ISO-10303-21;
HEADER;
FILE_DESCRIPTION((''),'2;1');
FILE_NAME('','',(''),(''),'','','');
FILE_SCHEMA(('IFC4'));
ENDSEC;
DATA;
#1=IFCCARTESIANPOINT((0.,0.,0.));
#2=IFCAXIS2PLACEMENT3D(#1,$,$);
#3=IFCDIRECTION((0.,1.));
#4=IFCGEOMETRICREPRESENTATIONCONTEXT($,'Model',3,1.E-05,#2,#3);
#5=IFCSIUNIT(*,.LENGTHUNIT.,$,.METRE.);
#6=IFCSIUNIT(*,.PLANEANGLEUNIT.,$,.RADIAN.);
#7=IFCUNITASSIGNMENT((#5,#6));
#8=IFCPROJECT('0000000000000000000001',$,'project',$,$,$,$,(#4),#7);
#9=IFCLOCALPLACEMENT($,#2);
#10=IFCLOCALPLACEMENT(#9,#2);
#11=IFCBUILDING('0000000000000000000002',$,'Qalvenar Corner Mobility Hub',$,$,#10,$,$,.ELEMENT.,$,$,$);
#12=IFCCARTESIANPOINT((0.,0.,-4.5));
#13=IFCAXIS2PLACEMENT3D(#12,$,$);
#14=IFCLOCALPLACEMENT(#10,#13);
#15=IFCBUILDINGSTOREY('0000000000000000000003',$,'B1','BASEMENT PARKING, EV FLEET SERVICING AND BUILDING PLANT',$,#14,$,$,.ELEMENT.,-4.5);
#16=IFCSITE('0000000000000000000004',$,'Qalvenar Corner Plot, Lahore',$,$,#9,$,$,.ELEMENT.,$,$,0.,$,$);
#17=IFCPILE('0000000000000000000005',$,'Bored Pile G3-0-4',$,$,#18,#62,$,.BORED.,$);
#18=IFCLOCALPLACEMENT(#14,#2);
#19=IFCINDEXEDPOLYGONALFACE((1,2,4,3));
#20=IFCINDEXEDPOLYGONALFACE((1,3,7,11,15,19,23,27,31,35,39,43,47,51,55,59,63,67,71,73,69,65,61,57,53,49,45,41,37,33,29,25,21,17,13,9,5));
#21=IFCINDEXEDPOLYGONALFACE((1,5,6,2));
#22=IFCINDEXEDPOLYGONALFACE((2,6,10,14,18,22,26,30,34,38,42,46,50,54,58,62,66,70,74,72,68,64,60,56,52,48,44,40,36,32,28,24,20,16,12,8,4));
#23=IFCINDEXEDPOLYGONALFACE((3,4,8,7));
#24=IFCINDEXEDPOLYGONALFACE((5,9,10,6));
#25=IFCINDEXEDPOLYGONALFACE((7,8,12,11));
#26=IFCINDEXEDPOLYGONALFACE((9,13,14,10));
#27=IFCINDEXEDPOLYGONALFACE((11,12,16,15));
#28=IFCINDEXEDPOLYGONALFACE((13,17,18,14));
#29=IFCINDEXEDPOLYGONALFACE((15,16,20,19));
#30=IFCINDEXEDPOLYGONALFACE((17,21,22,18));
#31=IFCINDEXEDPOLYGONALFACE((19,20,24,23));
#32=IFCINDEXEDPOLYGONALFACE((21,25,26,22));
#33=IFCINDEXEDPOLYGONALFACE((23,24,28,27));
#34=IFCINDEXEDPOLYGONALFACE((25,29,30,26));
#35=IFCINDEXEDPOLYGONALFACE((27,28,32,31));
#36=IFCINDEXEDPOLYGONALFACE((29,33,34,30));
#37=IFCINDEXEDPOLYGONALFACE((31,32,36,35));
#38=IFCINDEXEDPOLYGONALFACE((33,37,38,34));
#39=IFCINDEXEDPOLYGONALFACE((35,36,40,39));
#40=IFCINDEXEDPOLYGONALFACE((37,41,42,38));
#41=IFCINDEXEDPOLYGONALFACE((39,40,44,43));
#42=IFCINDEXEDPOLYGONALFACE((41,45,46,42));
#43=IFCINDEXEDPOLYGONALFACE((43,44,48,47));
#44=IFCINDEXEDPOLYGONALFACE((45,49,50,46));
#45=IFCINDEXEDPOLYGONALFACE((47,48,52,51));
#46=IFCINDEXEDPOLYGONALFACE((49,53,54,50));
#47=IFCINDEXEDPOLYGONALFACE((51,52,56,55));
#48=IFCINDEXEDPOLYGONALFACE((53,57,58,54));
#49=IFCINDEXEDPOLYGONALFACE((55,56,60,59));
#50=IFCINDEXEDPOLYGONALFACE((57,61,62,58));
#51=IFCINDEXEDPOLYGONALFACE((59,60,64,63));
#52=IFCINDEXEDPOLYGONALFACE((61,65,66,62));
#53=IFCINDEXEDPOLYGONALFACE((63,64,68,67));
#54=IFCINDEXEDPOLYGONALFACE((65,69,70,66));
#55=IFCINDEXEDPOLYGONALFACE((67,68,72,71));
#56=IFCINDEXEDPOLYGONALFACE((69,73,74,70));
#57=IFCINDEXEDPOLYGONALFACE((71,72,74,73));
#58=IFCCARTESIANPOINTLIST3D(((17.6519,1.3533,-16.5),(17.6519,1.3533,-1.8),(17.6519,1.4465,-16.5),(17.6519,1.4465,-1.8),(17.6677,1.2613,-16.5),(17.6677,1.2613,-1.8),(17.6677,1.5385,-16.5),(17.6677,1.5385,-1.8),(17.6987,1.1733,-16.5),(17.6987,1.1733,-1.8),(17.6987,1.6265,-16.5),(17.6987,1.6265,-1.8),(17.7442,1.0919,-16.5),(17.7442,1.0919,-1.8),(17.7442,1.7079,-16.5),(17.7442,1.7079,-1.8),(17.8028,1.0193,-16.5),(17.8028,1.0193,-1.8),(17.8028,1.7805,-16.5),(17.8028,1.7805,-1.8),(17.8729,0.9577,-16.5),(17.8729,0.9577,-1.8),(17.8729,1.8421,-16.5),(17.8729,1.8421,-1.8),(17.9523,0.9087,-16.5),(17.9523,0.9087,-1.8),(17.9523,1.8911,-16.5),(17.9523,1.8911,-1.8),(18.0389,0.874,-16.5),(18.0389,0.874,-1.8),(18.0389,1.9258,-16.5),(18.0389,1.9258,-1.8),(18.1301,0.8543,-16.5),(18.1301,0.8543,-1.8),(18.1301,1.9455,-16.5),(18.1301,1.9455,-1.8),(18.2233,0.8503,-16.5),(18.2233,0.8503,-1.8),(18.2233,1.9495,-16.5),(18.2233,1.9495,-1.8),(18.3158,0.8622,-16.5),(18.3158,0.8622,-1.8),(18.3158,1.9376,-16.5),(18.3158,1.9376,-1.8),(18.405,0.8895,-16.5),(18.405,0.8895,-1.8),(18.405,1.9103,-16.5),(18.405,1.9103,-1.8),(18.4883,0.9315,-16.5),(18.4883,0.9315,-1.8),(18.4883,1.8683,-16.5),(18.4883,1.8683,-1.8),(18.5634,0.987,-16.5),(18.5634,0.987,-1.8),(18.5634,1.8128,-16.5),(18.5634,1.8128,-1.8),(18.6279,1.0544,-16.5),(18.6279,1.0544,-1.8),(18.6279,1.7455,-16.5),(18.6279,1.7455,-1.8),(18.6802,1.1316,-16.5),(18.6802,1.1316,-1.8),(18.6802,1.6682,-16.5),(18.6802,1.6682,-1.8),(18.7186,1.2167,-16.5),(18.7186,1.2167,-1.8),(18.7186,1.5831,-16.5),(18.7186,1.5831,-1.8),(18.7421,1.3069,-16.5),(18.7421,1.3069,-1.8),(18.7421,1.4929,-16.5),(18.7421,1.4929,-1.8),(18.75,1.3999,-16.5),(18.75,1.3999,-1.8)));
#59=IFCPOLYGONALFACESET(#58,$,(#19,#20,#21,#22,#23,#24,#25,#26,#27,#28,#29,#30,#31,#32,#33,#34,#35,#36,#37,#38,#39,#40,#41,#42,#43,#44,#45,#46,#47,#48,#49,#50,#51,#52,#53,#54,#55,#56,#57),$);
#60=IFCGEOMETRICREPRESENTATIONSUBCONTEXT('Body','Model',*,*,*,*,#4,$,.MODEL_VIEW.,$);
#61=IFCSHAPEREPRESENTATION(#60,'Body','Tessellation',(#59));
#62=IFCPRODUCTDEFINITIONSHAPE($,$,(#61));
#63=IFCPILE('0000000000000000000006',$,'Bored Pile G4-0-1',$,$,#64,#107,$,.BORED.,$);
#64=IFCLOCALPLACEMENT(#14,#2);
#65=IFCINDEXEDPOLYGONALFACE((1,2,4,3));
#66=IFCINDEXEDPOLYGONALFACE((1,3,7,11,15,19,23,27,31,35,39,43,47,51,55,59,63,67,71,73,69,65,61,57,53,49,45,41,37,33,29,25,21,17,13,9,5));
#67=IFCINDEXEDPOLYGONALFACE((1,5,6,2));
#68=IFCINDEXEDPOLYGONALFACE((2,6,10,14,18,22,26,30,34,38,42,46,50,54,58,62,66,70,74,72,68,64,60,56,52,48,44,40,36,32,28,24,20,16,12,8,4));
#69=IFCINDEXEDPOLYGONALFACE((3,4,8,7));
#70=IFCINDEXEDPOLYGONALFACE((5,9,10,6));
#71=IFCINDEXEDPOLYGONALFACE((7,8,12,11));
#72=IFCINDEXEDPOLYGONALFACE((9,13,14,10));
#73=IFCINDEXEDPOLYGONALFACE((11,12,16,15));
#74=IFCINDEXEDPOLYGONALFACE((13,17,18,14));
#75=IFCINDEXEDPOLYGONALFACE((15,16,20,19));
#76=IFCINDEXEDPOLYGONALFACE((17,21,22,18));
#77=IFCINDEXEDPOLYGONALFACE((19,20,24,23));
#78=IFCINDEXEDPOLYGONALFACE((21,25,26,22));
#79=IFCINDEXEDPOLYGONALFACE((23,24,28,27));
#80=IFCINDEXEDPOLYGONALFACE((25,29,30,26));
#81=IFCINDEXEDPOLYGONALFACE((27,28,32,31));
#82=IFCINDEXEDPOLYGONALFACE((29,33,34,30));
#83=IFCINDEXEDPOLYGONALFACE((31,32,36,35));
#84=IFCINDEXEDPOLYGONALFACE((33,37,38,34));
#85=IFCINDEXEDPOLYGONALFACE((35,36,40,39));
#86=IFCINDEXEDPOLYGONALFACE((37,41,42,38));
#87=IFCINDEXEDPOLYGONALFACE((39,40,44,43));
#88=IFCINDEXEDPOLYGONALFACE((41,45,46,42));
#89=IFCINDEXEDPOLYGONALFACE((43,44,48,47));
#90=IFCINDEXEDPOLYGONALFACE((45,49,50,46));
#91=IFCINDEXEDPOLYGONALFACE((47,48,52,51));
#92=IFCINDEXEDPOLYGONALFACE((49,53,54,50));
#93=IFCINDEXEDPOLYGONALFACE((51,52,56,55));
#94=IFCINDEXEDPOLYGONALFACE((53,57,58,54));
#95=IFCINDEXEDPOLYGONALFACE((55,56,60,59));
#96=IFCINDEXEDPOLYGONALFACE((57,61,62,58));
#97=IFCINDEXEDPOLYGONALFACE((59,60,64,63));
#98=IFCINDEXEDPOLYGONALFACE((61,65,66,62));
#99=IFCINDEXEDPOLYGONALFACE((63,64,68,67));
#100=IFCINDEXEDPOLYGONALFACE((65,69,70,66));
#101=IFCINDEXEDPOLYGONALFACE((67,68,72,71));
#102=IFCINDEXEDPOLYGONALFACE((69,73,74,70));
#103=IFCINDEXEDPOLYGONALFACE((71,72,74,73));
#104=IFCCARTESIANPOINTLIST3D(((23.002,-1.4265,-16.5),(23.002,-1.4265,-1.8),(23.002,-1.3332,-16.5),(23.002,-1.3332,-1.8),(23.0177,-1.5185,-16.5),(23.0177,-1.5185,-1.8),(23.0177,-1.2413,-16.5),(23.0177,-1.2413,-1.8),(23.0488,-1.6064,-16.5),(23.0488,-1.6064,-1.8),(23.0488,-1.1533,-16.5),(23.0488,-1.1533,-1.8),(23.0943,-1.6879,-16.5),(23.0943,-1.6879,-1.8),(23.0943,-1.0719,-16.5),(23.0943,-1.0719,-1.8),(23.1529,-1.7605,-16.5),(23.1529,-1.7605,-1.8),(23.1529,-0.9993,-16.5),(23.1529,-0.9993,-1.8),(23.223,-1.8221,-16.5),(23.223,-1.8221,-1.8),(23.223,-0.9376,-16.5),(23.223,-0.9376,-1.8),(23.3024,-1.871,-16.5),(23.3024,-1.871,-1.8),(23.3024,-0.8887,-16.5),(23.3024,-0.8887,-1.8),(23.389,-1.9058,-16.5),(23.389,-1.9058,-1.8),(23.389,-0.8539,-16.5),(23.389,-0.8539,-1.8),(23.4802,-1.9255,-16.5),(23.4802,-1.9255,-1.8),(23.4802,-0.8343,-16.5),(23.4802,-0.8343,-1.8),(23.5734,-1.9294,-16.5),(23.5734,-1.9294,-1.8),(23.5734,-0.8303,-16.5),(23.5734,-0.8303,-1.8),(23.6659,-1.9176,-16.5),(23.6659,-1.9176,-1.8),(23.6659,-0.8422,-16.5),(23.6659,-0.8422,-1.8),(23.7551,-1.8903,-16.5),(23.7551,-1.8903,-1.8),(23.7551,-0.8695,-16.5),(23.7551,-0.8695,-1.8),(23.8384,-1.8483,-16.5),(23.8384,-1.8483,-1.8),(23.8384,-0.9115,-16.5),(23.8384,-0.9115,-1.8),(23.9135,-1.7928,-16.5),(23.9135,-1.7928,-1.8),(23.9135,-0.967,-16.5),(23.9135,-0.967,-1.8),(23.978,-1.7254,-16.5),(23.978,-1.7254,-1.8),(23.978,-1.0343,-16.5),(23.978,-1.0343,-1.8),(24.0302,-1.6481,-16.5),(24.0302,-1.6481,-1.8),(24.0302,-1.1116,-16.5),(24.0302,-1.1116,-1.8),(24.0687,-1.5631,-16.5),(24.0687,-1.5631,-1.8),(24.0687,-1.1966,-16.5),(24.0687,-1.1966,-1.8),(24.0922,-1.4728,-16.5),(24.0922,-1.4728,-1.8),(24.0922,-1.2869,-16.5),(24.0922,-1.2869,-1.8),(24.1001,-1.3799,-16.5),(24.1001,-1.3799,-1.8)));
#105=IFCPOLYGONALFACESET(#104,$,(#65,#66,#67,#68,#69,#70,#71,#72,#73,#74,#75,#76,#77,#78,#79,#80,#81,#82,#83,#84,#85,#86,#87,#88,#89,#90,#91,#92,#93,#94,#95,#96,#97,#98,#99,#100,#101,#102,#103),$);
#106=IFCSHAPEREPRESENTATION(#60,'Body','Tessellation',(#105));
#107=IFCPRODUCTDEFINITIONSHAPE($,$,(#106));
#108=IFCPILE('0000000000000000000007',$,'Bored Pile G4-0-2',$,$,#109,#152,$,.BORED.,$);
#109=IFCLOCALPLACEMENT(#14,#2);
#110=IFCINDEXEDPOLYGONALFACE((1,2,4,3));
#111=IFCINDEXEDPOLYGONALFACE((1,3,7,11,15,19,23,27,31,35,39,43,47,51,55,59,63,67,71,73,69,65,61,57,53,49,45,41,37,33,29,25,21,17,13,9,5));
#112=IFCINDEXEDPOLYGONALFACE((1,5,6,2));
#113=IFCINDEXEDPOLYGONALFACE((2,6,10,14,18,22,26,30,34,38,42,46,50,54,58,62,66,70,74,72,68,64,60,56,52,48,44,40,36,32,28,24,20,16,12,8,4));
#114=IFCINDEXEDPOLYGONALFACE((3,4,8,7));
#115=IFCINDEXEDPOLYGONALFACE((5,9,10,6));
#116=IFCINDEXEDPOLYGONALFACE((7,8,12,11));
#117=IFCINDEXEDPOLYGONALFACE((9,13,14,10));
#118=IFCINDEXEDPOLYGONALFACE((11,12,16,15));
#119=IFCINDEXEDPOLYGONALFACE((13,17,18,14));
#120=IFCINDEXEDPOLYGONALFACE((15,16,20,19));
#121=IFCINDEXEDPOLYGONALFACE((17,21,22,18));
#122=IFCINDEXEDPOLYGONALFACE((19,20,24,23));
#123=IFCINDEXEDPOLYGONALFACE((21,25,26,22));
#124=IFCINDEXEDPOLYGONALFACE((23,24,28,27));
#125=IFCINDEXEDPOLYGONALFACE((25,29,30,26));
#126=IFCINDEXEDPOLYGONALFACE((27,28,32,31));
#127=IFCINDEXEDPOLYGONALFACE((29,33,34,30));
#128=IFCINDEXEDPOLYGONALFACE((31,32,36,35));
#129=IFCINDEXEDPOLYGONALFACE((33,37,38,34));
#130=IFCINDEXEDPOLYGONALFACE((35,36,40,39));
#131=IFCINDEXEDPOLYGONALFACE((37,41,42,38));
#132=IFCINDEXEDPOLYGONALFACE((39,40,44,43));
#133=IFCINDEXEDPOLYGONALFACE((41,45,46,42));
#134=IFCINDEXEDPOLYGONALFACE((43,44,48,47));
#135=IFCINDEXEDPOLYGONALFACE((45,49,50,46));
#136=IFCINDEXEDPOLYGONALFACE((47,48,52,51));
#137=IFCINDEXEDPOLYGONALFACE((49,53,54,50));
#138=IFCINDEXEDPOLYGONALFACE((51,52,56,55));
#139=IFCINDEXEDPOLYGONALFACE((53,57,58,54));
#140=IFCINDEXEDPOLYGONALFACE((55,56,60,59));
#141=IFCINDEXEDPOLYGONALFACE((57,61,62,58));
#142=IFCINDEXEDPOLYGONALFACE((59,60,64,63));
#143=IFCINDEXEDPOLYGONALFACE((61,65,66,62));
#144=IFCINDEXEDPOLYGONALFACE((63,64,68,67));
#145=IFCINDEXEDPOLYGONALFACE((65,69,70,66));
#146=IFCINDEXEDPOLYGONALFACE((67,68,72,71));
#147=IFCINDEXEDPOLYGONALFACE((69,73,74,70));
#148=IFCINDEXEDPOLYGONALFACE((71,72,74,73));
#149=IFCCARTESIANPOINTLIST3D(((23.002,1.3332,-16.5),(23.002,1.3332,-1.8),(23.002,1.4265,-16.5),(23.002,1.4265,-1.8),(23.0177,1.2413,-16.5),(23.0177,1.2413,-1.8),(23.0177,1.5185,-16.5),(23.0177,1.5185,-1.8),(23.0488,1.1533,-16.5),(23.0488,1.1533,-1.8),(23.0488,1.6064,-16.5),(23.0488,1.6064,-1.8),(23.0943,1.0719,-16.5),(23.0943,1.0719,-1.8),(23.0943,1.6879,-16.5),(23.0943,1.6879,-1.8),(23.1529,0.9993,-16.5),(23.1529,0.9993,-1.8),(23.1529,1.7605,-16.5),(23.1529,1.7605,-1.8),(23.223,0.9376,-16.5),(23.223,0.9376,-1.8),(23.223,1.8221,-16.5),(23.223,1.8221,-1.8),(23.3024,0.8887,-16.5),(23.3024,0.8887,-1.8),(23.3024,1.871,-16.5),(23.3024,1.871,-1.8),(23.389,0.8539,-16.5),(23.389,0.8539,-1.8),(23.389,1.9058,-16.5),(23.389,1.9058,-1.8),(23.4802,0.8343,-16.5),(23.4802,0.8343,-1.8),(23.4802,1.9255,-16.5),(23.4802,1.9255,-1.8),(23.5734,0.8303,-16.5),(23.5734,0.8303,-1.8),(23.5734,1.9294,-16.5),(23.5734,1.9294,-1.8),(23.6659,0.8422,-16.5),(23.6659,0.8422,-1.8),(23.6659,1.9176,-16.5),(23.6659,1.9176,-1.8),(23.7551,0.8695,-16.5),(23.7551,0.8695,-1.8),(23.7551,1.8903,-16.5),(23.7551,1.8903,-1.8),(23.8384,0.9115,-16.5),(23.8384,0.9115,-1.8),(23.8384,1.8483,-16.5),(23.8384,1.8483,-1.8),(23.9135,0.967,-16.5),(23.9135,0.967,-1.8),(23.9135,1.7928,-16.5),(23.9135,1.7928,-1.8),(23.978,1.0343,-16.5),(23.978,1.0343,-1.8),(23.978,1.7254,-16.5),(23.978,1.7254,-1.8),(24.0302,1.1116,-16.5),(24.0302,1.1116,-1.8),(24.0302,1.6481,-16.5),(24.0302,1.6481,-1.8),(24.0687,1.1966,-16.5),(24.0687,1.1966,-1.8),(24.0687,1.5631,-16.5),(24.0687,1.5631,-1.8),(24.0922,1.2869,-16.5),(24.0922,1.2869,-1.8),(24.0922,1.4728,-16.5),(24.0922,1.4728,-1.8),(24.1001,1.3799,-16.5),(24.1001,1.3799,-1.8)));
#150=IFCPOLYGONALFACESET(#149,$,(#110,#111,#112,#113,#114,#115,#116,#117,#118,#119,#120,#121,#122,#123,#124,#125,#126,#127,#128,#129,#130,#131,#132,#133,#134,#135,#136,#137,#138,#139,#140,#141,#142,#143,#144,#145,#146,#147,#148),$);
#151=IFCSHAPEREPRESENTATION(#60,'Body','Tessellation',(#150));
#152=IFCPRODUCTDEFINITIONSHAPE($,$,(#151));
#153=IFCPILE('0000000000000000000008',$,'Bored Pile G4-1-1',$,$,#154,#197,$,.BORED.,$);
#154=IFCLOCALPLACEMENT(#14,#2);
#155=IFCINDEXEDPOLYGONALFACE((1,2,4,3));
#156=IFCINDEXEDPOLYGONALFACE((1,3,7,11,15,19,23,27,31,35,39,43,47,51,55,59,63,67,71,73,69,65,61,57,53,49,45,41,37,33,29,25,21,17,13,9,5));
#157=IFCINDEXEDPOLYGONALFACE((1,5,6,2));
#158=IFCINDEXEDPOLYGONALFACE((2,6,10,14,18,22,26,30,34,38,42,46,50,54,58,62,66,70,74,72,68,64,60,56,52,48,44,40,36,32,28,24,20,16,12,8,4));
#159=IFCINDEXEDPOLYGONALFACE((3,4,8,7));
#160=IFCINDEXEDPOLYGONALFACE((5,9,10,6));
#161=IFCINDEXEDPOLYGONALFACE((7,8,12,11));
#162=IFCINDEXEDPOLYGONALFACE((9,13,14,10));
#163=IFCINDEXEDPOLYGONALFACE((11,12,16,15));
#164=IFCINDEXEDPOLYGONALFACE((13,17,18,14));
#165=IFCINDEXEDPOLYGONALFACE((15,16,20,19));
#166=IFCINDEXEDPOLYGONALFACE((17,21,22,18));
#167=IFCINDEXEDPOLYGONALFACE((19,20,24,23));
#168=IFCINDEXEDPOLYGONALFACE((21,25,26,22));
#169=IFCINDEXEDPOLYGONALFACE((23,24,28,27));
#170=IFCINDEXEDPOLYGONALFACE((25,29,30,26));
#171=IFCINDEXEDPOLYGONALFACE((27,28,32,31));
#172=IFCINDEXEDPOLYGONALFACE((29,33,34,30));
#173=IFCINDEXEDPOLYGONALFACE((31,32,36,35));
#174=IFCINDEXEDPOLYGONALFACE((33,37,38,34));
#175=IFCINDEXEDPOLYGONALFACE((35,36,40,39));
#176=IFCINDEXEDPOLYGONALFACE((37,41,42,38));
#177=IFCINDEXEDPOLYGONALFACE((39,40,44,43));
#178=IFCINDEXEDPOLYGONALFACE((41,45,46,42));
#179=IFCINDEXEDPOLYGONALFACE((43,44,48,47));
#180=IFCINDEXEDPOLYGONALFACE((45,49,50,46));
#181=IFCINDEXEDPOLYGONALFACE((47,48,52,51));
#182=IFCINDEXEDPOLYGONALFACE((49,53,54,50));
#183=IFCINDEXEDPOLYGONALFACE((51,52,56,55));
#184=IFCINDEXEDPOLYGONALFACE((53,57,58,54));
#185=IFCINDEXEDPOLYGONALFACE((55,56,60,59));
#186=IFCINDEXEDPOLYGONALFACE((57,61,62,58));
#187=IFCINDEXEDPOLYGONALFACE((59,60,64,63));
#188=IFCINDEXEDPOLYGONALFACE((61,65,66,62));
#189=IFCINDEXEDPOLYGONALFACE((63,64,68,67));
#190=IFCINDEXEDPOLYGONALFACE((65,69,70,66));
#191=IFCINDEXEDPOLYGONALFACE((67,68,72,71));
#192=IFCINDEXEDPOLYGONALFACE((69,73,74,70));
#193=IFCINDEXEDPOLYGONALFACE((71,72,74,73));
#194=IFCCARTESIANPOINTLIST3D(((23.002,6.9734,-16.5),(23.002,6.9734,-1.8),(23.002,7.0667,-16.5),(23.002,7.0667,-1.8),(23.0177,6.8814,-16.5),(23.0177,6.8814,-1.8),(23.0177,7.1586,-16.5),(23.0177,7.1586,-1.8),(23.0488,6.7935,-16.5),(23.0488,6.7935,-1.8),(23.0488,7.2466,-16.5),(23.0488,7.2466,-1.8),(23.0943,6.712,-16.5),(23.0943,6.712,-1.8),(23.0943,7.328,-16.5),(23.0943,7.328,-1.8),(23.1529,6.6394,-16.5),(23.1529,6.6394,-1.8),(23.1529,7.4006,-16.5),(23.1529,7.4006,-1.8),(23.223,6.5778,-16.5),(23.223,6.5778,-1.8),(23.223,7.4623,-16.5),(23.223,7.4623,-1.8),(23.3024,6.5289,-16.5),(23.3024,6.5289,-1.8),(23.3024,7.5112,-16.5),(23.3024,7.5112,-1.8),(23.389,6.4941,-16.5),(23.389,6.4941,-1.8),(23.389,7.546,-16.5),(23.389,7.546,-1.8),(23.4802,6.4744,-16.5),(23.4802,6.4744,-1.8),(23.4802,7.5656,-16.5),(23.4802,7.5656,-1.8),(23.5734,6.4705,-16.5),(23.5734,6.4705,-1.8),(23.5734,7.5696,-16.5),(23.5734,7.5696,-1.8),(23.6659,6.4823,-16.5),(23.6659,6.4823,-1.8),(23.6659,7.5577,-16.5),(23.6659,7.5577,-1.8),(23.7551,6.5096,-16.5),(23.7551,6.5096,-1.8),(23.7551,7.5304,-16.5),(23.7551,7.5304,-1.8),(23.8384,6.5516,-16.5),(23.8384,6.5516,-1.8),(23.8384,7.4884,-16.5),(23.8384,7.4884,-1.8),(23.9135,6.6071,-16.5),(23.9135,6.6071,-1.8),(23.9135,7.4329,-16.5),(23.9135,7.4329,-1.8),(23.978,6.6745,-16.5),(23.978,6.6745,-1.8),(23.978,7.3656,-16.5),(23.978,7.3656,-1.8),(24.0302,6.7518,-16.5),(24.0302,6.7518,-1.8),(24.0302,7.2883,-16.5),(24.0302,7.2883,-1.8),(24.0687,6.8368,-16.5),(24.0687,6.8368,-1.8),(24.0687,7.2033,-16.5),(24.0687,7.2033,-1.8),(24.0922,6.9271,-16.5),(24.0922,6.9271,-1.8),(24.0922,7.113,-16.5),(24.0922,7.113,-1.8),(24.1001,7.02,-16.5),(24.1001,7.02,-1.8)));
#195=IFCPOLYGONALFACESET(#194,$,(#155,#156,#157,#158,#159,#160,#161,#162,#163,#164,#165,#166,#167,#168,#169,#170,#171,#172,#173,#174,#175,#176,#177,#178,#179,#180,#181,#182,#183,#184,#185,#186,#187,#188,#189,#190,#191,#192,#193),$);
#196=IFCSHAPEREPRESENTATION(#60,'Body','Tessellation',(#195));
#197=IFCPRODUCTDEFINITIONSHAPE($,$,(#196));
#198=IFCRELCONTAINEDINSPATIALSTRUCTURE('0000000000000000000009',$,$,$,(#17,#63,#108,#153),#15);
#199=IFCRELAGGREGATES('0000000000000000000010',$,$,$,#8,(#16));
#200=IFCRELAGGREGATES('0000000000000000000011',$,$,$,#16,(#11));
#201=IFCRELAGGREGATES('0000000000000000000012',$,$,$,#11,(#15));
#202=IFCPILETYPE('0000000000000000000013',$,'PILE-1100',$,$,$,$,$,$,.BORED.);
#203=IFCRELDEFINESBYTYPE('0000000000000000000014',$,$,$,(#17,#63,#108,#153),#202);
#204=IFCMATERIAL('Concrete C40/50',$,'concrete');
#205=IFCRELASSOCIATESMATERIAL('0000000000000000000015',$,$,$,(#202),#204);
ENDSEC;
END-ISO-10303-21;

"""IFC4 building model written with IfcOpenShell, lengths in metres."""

from ifc_helpers import new_model, si_unit, direction, frame, origin, origin_2d, place, context, subcontext, project, spatial, circle, extrude, material, material_profile, profile_set, type_object, element, save


model = new_model("IFC4")

# Units and contexts
model_context = context("Model", 3, precision=1e-05, world=origin(), true_north=direction((0.0, 1.0)))
body_context = subcontext(model_context, "Body", "Model", "MODEL_VIEW")
ifc_project = project(units=[si_unit("LENGTHUNIT", "METRE"), si_unit("PLANEANGLEUNIT", "RADIAN")], contexts=[model_context])

# Site, building, storey
site_placement = place(None, origin())
site = spatial("IfcSite", under=ifc_project, at=site_placement, Name="Qalvenar Corner Plot, Lahore", CompositionType="ELEMENT", RefElevation=0.0)
building_placement = place(site_placement, origin())
building = spatial("IfcBuilding", under=site, at=building_placement, Name="Qalvenar Corner Mobility Hub", CompositionType="ELEMENT")
storey_placement = place(building_placement, frame((0.0, 0.0, -4.5)))
storey = spatial("IfcBuildingStorey", under=building, at=storey_placement, Name="B1", Description="BASEMENT PARKING, EV FLEET SERVICING AND BUILDING PLANT", CompositionType="ELEMENT", Elevation=-4.5)

# Shared definitions
ifc_material_1 = material(Name="Concrete C40/50", Category="concrete")

# Piles
ifc_material_profile_1 = material_profile(ifc_material_1, circle(Radius=0.55, at=origin_2d()), Name="DIA1100")
ifc_profile_set_1 = profile_set([ifc_material_profile_1], Name="Concrete C40/50")
pile_type_1 = type_object("IfcPileType", Name="PILE-1100", PredefinedType="BORED", material=ifc_profile_set_1)
for number, where, z_axis, x_axis, name in (
    (1, (18.2, 1.3999, -1.8), (0.0, 0.0, -1.0), (1.0, 0.0, 0.0), "Bored Pile G3-0-4"),
    (2, (23.55, -1.3799, -1.8), (0.0, 0.0, -1.0), (1.0, 0.0, 0.0), "Bored Pile G4-0-1"),
    (3, (23.55, 1.3799, -1.8), (0.0, 0.0, -1.0), (1.0, 0.0, 0.0), "Bored Pile G4-0-2"),
    (4, (23.55, 7.02, -1.8), (0.0, 0.0, -1.0), (1.0, 0.0, 0.0), "Bored Pile G4-1-1"),
):
    element("IfcPile", number, at=place(storey_placement, frame(where, z_axis=z_axis, x_axis=x_axis)), inside=storey, type_object=pile_type_1, Name=name, PredefinedType="BORED", context=body_context, shape_type="SweptSolid", body=[
        extrude(circle(Radius=0.55, at=origin_2d()), origin(), (0.0, 0.0, 1.0), 14.7),
    ])

save(model, "model.ifc")
